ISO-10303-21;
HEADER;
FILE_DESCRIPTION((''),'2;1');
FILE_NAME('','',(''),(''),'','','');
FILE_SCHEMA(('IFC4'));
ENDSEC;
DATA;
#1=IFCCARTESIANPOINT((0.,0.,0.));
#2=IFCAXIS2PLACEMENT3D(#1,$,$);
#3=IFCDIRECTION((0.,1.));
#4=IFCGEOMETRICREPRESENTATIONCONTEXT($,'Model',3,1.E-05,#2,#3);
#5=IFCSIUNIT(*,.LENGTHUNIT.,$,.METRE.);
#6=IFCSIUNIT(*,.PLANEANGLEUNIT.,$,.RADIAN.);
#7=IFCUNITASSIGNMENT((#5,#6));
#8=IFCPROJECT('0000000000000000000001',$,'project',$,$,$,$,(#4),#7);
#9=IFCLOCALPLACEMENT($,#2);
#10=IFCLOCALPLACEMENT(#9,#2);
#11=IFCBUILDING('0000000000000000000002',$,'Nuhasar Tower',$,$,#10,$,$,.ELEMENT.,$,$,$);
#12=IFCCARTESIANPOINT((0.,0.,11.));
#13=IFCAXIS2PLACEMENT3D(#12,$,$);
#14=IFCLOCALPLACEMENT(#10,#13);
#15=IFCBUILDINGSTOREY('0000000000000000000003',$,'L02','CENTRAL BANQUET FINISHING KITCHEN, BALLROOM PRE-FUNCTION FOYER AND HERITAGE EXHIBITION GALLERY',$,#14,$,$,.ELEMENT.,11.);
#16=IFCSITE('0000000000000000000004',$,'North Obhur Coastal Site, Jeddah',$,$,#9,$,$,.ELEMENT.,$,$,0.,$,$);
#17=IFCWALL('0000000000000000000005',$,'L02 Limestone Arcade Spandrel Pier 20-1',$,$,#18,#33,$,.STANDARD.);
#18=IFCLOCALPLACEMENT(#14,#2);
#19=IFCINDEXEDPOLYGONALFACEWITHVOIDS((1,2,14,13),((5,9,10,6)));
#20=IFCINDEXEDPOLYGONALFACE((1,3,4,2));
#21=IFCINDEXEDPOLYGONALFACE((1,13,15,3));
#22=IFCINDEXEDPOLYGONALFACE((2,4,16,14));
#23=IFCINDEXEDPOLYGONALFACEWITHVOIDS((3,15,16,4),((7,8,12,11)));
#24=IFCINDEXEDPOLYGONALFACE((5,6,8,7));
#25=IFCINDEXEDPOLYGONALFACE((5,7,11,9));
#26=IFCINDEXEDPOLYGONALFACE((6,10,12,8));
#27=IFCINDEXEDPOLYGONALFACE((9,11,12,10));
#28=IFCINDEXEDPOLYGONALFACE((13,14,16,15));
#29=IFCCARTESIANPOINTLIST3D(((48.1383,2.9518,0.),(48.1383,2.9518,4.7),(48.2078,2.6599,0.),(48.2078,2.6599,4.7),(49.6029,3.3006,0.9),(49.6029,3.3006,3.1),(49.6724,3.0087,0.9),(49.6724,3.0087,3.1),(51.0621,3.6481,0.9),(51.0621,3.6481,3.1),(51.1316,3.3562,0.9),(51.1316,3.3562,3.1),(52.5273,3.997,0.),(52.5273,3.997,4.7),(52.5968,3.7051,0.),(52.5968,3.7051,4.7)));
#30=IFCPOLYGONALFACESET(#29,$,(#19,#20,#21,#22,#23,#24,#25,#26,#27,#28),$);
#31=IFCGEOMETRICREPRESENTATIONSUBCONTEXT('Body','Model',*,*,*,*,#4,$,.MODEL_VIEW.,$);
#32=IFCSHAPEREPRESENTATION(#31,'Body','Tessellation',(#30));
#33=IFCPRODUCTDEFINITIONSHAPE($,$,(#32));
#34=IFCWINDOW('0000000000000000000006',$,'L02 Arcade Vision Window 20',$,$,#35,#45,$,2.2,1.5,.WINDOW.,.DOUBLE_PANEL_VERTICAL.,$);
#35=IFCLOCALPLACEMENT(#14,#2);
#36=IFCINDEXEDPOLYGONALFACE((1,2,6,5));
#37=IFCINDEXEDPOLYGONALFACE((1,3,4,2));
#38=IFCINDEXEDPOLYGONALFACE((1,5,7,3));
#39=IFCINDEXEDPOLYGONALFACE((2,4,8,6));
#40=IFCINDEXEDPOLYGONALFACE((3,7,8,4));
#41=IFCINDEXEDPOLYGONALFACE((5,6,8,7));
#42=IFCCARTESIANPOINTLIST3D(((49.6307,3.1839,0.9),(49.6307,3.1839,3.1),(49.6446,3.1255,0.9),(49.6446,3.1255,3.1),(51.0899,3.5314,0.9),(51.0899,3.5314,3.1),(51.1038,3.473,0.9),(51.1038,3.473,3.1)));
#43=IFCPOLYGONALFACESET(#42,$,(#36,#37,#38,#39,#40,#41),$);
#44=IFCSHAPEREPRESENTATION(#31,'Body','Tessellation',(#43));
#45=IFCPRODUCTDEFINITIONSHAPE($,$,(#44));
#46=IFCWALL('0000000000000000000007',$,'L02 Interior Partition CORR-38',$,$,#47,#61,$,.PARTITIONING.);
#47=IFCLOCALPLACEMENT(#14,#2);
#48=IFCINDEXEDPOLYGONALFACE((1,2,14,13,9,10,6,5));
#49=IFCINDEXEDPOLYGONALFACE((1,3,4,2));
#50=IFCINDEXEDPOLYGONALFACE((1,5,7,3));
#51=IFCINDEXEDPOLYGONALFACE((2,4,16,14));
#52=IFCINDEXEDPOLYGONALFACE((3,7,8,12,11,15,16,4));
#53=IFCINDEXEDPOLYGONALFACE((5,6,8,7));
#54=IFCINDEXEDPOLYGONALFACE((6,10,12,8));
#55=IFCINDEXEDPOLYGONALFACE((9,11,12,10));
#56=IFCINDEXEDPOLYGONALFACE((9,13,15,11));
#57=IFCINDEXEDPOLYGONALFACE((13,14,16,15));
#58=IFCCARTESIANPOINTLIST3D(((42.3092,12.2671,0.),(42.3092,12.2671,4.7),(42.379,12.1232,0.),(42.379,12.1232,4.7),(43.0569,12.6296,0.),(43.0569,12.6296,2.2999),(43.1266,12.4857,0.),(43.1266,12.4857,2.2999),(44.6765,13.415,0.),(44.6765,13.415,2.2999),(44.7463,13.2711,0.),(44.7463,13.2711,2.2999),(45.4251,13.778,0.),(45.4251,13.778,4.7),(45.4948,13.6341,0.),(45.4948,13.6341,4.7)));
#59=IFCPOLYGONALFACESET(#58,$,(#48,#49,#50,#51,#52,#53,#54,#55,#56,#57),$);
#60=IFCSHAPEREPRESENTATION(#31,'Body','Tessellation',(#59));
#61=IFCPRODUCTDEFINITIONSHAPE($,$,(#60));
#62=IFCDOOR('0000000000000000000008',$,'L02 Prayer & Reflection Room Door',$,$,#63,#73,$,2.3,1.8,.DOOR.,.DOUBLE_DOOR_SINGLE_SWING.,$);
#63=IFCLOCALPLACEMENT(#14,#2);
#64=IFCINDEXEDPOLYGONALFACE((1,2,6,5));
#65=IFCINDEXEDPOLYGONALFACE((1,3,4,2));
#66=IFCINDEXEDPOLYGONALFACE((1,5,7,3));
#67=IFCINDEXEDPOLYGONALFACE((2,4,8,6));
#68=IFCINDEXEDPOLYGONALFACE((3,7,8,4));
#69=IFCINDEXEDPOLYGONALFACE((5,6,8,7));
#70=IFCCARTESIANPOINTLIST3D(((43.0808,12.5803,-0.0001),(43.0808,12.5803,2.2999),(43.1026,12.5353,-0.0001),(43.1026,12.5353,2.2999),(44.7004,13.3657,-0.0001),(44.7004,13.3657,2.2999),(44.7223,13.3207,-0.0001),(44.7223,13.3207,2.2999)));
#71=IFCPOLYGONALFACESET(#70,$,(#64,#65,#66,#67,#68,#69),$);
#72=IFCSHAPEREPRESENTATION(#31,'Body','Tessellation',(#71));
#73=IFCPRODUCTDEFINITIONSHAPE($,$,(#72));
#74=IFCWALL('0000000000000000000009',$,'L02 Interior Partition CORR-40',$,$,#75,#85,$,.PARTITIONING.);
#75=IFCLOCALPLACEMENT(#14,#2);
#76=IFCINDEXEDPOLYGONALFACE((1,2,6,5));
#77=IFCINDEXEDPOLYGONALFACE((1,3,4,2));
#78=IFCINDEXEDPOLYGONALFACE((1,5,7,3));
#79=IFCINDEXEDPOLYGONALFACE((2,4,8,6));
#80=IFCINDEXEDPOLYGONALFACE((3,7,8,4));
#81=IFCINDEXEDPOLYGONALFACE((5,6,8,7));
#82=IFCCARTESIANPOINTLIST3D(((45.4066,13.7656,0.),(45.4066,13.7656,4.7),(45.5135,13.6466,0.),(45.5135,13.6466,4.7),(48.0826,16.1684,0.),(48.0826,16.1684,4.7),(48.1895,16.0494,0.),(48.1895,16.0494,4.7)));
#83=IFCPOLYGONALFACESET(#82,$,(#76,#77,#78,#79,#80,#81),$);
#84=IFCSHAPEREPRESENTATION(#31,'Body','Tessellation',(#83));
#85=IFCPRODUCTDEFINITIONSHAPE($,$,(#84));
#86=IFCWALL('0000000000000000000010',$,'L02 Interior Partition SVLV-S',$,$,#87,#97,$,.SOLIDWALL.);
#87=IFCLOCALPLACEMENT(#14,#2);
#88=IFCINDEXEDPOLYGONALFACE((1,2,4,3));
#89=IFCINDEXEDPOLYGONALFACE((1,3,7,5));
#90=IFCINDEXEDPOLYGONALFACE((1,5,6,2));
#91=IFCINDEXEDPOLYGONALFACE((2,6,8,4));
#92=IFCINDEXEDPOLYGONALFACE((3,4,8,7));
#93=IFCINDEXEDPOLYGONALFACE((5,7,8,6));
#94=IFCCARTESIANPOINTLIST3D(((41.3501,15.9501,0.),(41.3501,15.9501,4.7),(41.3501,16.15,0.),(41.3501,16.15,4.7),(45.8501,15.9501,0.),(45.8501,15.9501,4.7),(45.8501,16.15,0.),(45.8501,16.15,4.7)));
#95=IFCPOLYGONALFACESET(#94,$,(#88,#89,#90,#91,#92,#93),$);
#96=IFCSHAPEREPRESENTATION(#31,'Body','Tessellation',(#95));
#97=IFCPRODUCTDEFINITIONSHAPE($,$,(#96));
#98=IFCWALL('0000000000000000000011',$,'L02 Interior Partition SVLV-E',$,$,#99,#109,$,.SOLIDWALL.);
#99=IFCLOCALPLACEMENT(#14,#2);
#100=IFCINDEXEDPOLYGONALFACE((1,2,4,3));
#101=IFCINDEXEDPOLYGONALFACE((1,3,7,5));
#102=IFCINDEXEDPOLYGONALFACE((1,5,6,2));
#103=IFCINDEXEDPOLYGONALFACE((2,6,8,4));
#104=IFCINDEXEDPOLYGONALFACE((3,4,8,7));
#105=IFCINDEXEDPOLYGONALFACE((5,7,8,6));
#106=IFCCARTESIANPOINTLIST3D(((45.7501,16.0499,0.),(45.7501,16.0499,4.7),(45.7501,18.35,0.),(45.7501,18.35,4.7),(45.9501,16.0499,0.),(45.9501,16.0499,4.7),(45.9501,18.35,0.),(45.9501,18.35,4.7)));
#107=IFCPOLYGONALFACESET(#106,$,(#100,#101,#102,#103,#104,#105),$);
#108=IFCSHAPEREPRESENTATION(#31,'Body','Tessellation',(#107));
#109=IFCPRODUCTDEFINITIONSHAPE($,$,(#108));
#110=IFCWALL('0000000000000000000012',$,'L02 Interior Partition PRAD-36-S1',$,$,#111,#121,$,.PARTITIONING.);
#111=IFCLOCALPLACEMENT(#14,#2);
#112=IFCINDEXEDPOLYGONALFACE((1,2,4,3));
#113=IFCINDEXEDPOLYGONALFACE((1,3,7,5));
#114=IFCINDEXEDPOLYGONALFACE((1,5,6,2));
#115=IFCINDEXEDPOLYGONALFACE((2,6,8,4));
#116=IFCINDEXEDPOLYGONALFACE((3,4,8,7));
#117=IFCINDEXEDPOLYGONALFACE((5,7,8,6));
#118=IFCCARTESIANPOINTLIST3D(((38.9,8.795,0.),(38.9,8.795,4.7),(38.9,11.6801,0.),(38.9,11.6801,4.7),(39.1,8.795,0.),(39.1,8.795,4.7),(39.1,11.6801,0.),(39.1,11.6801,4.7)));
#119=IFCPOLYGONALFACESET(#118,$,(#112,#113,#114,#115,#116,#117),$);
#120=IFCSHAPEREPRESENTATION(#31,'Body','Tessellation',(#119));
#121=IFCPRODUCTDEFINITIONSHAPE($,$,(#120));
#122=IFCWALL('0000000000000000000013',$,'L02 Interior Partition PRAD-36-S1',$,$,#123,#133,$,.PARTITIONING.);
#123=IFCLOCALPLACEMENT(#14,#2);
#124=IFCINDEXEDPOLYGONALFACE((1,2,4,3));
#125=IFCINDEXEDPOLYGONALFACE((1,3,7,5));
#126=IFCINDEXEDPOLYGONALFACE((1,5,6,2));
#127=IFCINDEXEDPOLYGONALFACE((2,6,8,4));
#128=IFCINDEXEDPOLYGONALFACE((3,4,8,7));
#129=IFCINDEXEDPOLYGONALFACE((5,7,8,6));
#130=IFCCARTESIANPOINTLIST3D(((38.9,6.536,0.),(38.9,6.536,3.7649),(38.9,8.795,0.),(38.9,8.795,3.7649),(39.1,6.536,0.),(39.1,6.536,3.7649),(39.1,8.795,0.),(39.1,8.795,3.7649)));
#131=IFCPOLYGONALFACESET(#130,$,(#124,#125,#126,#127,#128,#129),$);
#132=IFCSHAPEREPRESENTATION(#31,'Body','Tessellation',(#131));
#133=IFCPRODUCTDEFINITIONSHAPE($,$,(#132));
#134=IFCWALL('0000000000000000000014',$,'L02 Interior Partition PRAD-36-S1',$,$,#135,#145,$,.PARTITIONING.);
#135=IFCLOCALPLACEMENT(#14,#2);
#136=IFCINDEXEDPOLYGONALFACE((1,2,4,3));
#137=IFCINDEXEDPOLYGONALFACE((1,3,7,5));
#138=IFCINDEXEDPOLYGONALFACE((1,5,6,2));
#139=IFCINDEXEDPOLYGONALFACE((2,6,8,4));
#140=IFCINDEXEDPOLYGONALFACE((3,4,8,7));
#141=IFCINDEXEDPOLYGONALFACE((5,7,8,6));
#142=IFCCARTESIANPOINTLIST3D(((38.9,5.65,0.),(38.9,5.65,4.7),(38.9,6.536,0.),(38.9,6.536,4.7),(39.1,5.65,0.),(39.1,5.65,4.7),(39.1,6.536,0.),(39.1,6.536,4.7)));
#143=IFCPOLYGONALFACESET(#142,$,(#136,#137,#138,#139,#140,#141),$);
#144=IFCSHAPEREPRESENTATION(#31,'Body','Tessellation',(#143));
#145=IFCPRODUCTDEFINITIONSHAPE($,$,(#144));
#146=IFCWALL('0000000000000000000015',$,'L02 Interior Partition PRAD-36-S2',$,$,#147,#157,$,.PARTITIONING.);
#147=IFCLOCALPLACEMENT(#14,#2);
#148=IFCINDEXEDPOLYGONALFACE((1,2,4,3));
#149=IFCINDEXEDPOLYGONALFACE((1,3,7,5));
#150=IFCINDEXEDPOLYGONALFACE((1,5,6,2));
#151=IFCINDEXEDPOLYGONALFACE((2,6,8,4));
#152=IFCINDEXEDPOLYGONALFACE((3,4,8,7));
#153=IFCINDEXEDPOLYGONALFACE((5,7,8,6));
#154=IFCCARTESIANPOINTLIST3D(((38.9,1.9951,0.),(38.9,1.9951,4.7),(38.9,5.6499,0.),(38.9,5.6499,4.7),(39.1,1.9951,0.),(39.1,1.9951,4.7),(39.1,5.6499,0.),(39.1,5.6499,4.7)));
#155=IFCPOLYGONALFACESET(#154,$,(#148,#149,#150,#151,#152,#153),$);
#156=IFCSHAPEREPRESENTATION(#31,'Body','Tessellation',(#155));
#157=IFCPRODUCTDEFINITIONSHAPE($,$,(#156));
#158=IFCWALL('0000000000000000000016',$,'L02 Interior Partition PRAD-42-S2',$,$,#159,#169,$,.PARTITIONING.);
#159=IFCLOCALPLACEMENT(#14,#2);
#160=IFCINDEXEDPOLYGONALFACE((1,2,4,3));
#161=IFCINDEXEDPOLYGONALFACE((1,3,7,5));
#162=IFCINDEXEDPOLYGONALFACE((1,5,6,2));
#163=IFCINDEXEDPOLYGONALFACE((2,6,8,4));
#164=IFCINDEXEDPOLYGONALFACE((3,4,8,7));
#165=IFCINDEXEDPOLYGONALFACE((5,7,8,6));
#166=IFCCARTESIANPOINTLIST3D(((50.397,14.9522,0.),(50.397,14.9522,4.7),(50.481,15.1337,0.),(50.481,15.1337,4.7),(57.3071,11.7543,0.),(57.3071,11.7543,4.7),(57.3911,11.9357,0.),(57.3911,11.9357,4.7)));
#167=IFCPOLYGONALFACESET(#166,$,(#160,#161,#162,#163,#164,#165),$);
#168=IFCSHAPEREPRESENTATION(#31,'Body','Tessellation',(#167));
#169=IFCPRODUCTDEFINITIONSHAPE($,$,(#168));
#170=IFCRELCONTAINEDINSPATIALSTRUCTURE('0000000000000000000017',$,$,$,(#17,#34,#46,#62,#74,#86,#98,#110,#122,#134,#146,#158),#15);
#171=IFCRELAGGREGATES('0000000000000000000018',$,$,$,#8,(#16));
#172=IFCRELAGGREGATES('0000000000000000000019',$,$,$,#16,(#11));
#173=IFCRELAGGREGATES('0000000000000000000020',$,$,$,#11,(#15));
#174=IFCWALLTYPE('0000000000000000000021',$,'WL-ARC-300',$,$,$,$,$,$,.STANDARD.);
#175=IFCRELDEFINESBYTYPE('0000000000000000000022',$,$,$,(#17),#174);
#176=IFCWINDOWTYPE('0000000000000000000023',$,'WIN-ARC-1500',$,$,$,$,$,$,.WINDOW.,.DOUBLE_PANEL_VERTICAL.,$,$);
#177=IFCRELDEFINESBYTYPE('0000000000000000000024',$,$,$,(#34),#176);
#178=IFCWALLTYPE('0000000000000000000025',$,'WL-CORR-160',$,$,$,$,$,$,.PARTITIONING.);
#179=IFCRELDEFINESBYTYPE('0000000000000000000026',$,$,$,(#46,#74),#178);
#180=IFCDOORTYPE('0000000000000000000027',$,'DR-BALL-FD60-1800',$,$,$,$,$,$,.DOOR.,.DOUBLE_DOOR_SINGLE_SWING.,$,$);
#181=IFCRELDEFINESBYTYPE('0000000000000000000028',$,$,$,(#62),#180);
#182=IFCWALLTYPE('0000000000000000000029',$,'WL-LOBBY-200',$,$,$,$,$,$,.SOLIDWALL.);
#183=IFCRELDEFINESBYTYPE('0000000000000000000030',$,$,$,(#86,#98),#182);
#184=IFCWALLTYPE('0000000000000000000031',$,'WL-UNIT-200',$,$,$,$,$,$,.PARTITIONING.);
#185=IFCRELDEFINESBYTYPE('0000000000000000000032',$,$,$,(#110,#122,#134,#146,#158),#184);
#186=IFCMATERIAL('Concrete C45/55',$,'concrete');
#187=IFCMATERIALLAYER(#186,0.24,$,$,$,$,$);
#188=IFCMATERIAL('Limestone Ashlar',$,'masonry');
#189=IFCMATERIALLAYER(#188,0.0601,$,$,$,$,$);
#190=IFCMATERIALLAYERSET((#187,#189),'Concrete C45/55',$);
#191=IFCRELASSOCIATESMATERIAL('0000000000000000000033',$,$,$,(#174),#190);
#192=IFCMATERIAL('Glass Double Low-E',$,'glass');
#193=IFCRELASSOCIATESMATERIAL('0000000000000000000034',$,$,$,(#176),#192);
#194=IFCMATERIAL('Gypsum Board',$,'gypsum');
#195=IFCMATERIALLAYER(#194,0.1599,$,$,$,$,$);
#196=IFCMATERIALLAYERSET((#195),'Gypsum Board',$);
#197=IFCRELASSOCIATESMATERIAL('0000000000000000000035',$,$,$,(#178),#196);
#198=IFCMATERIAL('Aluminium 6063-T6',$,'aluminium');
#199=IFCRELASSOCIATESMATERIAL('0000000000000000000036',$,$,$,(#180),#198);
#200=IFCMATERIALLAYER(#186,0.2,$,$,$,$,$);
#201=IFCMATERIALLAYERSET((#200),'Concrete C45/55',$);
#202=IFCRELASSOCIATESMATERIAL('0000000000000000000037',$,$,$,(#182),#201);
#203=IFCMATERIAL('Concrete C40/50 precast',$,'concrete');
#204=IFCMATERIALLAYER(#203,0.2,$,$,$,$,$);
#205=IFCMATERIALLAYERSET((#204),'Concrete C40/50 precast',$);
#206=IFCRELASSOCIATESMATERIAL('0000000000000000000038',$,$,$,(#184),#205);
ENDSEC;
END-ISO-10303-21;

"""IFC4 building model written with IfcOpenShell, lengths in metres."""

from ifc_helpers import new_model, si_unit, direction, frame, frame_2d, origin, place, context, subcontext, project, spatial, rectangle, extrude, material, layer, layer_set, type_object, element, fill, save


model = new_model("IFC4")

# Units and contexts
model_context = context("Model", 3, precision=1e-05, world=origin(), true_north=direction((0.0, 1.0)))
body_context = subcontext(model_context, "Body", "Model", "MODEL_VIEW")
ifc_project = project(units=[si_unit("LENGTHUNIT", "METRE"), si_unit("PLANEANGLEUNIT", "RADIAN")], contexts=[model_context])

# Site, building, storey
site_placement = place(None, origin())
site = spatial("IfcSite", under=ifc_project, at=site_placement, Name="North Obhur Coastal Site, Jeddah", CompositionType="ELEMENT", RefElevation=0.0)
building_placement = place(site_placement, origin())
building = spatial("IfcBuilding", under=site, at=building_placement, Name="Nuhasar Tower", CompositionType="ELEMENT")
storey_placement = place(building_placement, frame((0.0, 0.0, 11.0)))
storey = spatial("IfcBuildingStorey", under=building, at=storey_placement, Name="L02", Description="CENTRAL BANQUET FINISHING KITCHEN, BALLROOM PRE-FUNCTION FOYER AND HERITAGE EXHIBITION GALLERY", CompositionType="ELEMENT", Elevation=11.0)

# Shared definitions
ifc_material_1 = material(Name="Aluminium 6063-T6", Category="aluminium")
ifc_material_2 = material(Name="Glass Double Low-E", Category="glass")

# Wall, opening, window
ifc_material_3 = material(Name="Concrete C45/55", Category="concrete")
ifc_layer_1 = layer(ifc_material_3, 0.24)
ifc_material_4 = material(Name="Limestone Ashlar", Category="masonry")
ifc_layer_2 = layer(ifc_material_4, 0.0601)
ifc_layer_set_1 = layer_set([ifc_layer_1, ifc_layer_2], Name="Concrete C45/55")
wall_type_1 = type_object("IfcWallType", Name="WL-ARC-300", PredefinedType="STANDARD", material=ifc_layer_set_1)
wall_1_placement = place(storey_placement, frame((52.562, 3.8511, 0.0), z_axis=(0.0, 0.0, 1.0), x_axis=(-0.972797, -0.23166, 0.0)))
wall_1 = element("IfcWall", 1, at=wall_1_placement, inside=storey, type_object=wall_type_1, Name="L02 Limestone Arcade Spandrel Pier 20-1", PredefinedType="STANDARD", context=body_context, shape_type="SweptSolid", body=[
    extrude(rectangle(XDim=4.5117, YDim=0.3, at=frame_2d((2.2559, 0.0))), origin(), (0.0, 0.0, 1.0), 4.7),
])
opening_1_placement = place(wall_1_placement, frame((1.5061, 0.0, 0.8999)))
opening_1 = element("IfcOpeningElement", 2, at=opening_1_placement, cuts=wall_1, PredefinedType="OPENING", context=body_context, shape_type="SweptSolid", body=[
    extrude(rectangle(XDim=1.5, YDim=2.2, at=frame_2d((0.75, 1.1001))), frame((0.0, 0.1602, 0.0), z_axis=(0.0, -1.0, 0.0), x_axis=(1.0, 0.0, 0.0)), (0.0, 0.0, 1.0), 0.3201),
])
window_type = type_object("IfcWindowType", Name="WIN-ARC-1500", PartitioningType="DOUBLE_PANEL_VERTICAL", PredefinedType="WINDOW", material=ifc_material_2)
window_placement = place(opening_1_placement, origin())
window = element("IfcWindow", 3, at=window_placement, inside=storey, type_object=window_type, Name="L02 Arcade Vision Window 20", OverallHeight=2.2, OverallWidth=1.5, PartitioningType="DOUBLE_PANEL_VERTICAL", PredefinedType="WINDOW", context=body_context, shape_type="SweptSolid", body=[
    extrude(rectangle(XDim=1.5, YDim=2.2, at=frame_2d((0.75, 1.1001))), frame((0.0, 0.03, 0.0), z_axis=(0.0, -1.0, 0.0), x_axis=(1.0, 0.0, 0.0)), (0.0, 0.0, 1.0), 0.0601),
])
fill(opening_1, window)

# Wall, opening, door
ifc_material_5 = material(Name="Gypsum Board", Category="gypsum")
ifc_layer_3 = layer(ifc_material_5, 0.1599)
ifc_layer_set_2 = layer_set([ifc_layer_3], Name="Gypsum Board")
wall_type_2 = type_object("IfcWallType", Name="WL-CORR-160", PredefinedType="PARTITIONING", material=ifc_layer_set_2)
wall_2_placement = place(storey_placement, frame((45.46, 13.7061, 0.0), z_axis=(0.0, 0.0, 1.0), x_axis=(-0.89979, -0.436324, 0.0)))
wall_2 = element("IfcWall", 4, at=wall_2_placement, inside=storey, type_object=wall_type_2, Name="L02 Interior Partition CORR-38", PredefinedType="PARTITIONING", context=body_context, shape_type="SweptSolid", body=[
    extrude(rectangle(XDim=3.4629, YDim=0.1599, at=frame_2d((1.7314, 0.0))), origin(), (0.0, 0.0, 1.0), 4.7),
])
opening_2_placement = place(wall_2_placement, frame((0.832, 0.0, 0.0)))
opening_2 = element("IfcOpeningElement", 5, at=opening_2_placement, cuts=wall_2, PredefinedType="OPENING", context=body_context, shape_type="SweptSolid", body=[
    extrude(rectangle(XDim=1.8, YDim=2.3, at=frame_2d((0.8999, 1.1499))), frame((0.0, 0.0898, 0.0), z_axis=(0.0, -1.0, 0.0), x_axis=(1.0, 0.0, 0.0)), (0.0, 0.0, 1.0), 0.1799),
])
door_type_1 = type_object("IfcDoorType", Name="DR-BALL-FD60-1800", OperationType="DOUBLE_DOOR_SINGLE_SWING", PredefinedType="DOOR", material=ifc_material_1)
door_1_placement = place(opening_2_placement, origin())
door_1 = element("IfcDoor", 6, at=door_1_placement, inside=storey, type_object=door_type_1, Name="L02 Prayer & Reflection Room Door", OperationType="DOUBLE_DOOR_SINGLE_SWING", OverallHeight=2.3, OverallWidth=1.8, PredefinedType="DOOR", context=body_context, shape_type="SweptSolid", body=[
    extrude(rectangle(XDim=1.8, YDim=2.3, at=frame_2d((0.8999, 1.1499))), frame((0.0, 0.0249, 0.0), z_axis=(0.0, -1.0, 0.0), x_axis=(1.0, 0.0, 0.0)), (0.0, 0.0, 1.0), 0.05),
])
fill(opening_2, door_1)

# Wall
wall_3_placement = place(storey_placement, frame((45.46, 13.7061, 0.0), z_axis=(0.0, 0.0, 1.0), x_axis=(0.744067, 0.668105, 0.0)))
element("IfcWall", 7, at=wall_3_placement, inside=storey, type_object=wall_type_2, Name="L02 Interior Partition CORR-40", PredefinedType="PARTITIONING", context=body_context, shape_type="SweptSolid", body=[
    extrude(rectangle(XDim=3.5964, YDim=0.1599, at=frame_2d((1.7983, 0.0))), origin(), (0.0, 0.0, 1.0), 4.7),
])

# Shared definitions
ifc_layer_4 = layer(ifc_material_3, 0.2)
ifc_layer_set_3 = layer_set([ifc_layer_4], Name="Concrete C45/55")
wall_type_3 = type_object("IfcWallType", Name="WL-LOBBY-200", PredefinedType="SOLIDWALL", material=ifc_layer_set_3)

# Walls
wall_4_placement = place(storey_placement, frame((41.3501, 16.05, 0.0), z_axis=(0.0, 0.0, 1.0), x_axis=(1.0, 0.0, 0.0)))
element("IfcWall", 8, at=wall_4_placement, inside=storey, type_object=wall_type_3, Name="L02 Interior Partition SVLV-S", PredefinedType="SOLIDWALL", context=body_context, shape_type="SweptSolid", body=[
    extrude(rectangle(XDim=4.5, YDim=0.2, at=frame_2d((2.25, 0.0))), origin(), (0.0, 0.0, 1.0), 4.7),
])
wall_5_placement = place(storey_placement, frame((45.8501, 16.05, 0.0), z_axis=(0.0, 0.0, 1.0), x_axis=(0.0, 1.0, 0.0)))
element("IfcWall", 9, at=wall_5_placement, inside=storey, type_object=wall_type_3, Name="L02 Interior Partition SVLV-E", PredefinedType="SOLIDWALL", context=body_context, shape_type="SweptSolid", body=[
    extrude(rectangle(XDim=2.3, YDim=0.2, at=frame_2d((1.1499, 0.0))), origin(), (0.0, 0.0, 1.0), 4.7),
])
ifc_material_6 = material(Name="Concrete C40/50 precast", Category="concrete")
ifc_layer_5 = layer(ifc_material_6, 0.2)
ifc_layer_set_4 = layer_set([ifc_layer_5], Name="Concrete C40/50 precast")
wall_type_4 = type_object("IfcWallType", Name="WL-UNIT-200", PredefinedType="PARTITIONING", material=ifc_layer_set_4)
wall_6_placement = place(storey_placement, frame((39.0, 11.6799, 0.0), z_axis=(0.0, 0.0, 1.0), x_axis=(0.0, -1.0, 0.0)))
element("IfcWall", 10, at=wall_6_placement, inside=storey, type_object=wall_type_4, Name="L02 Interior Partition PRAD-36-S1", PredefinedType="PARTITIONING", context=body_context, shape_type="SweptSolid", body=[
    extrude(rectangle(XDim=2.885, YDim=0.2, at=frame_2d((1.4424, 0.0))), origin(), (0.0, 0.0, 1.0), 4.7),
])
wall_7_placement = place(storey_placement, frame((39.0, 8.7949, 0.0), z_axis=(0.0, 0.0, 1.0), x_axis=(0.0, -1.0, 0.0)))
element("IfcWall", 11, at=wall_7_placement, inside=storey, type_object=wall_type_4, Name="L02 Interior Partition PRAD-36-S1", PredefinedType="PARTITIONING", context=body_context, shape_type="SweptSolid", body=[
    extrude(rectangle(XDim=2.259, YDim=0.2, at=frame_2d((1.1294, 0.0))), origin(), (0.0, 0.0, 1.0), 3.7649),
])
wall_8_placement = place(storey_placement, frame((39.0, 6.5359, 0.0), z_axis=(0.0, 0.0, 1.0), x_axis=(0.0, -1.0, 0.0)))
element("IfcWall", 12, at=wall_8_placement, inside=storey, type_object=wall_type_4, Name="L02 Interior Partition PRAD-36-S1", PredefinedType="PARTITIONING", context=body_context, shape_type="SweptSolid", body=[
    extrude(rectangle(XDim=0.886, YDim=0.2, at=frame_2d((0.4429, 0.0))), origin(), (0.0, 0.0, 1.0), 4.7),
])
wall_9_placement = place(storey_placement, frame((39.0, 5.6499, 0.0), z_axis=(0.0, 0.0, 1.0), x_axis=(0.0, -1.0, 0.0)))
element("IfcWall", 13, at=wall_9_placement, inside=storey, type_object=wall_type_4, Name="L02 Interior Partition PRAD-36-S2", PredefinedType="PARTITIONING", context=body_context, shape_type="SweptSolid", body=[
    extrude(rectangle(XDim=3.6548, YDim=0.2, at=frame_2d((1.8274, 0.0))), origin(), (0.0, 0.0, 1.0), 4.7),
])
wall_10_placement = place(storey_placement, frame((50.439, 15.043, 0.0), z_axis=(0.0, 0.0, 1.0), x_axis=(0.907524, -0.419999, 0.0)))
element("IfcWall", 14, at=wall_10_placement, inside=storey, type_object=wall_type_4, Name="L02 Interior Partition PRAD-42-S2", PredefinedType="PARTITIONING", context=body_context, shape_type="SweptSolid", body=[
    extrude(rectangle(XDim=7.6143, YDim=0.2, at=frame_2d((3.8071, 0.0))), origin(), (0.0, 0.0, 1.0), 4.7),
])

save(model, "model.ifc")
